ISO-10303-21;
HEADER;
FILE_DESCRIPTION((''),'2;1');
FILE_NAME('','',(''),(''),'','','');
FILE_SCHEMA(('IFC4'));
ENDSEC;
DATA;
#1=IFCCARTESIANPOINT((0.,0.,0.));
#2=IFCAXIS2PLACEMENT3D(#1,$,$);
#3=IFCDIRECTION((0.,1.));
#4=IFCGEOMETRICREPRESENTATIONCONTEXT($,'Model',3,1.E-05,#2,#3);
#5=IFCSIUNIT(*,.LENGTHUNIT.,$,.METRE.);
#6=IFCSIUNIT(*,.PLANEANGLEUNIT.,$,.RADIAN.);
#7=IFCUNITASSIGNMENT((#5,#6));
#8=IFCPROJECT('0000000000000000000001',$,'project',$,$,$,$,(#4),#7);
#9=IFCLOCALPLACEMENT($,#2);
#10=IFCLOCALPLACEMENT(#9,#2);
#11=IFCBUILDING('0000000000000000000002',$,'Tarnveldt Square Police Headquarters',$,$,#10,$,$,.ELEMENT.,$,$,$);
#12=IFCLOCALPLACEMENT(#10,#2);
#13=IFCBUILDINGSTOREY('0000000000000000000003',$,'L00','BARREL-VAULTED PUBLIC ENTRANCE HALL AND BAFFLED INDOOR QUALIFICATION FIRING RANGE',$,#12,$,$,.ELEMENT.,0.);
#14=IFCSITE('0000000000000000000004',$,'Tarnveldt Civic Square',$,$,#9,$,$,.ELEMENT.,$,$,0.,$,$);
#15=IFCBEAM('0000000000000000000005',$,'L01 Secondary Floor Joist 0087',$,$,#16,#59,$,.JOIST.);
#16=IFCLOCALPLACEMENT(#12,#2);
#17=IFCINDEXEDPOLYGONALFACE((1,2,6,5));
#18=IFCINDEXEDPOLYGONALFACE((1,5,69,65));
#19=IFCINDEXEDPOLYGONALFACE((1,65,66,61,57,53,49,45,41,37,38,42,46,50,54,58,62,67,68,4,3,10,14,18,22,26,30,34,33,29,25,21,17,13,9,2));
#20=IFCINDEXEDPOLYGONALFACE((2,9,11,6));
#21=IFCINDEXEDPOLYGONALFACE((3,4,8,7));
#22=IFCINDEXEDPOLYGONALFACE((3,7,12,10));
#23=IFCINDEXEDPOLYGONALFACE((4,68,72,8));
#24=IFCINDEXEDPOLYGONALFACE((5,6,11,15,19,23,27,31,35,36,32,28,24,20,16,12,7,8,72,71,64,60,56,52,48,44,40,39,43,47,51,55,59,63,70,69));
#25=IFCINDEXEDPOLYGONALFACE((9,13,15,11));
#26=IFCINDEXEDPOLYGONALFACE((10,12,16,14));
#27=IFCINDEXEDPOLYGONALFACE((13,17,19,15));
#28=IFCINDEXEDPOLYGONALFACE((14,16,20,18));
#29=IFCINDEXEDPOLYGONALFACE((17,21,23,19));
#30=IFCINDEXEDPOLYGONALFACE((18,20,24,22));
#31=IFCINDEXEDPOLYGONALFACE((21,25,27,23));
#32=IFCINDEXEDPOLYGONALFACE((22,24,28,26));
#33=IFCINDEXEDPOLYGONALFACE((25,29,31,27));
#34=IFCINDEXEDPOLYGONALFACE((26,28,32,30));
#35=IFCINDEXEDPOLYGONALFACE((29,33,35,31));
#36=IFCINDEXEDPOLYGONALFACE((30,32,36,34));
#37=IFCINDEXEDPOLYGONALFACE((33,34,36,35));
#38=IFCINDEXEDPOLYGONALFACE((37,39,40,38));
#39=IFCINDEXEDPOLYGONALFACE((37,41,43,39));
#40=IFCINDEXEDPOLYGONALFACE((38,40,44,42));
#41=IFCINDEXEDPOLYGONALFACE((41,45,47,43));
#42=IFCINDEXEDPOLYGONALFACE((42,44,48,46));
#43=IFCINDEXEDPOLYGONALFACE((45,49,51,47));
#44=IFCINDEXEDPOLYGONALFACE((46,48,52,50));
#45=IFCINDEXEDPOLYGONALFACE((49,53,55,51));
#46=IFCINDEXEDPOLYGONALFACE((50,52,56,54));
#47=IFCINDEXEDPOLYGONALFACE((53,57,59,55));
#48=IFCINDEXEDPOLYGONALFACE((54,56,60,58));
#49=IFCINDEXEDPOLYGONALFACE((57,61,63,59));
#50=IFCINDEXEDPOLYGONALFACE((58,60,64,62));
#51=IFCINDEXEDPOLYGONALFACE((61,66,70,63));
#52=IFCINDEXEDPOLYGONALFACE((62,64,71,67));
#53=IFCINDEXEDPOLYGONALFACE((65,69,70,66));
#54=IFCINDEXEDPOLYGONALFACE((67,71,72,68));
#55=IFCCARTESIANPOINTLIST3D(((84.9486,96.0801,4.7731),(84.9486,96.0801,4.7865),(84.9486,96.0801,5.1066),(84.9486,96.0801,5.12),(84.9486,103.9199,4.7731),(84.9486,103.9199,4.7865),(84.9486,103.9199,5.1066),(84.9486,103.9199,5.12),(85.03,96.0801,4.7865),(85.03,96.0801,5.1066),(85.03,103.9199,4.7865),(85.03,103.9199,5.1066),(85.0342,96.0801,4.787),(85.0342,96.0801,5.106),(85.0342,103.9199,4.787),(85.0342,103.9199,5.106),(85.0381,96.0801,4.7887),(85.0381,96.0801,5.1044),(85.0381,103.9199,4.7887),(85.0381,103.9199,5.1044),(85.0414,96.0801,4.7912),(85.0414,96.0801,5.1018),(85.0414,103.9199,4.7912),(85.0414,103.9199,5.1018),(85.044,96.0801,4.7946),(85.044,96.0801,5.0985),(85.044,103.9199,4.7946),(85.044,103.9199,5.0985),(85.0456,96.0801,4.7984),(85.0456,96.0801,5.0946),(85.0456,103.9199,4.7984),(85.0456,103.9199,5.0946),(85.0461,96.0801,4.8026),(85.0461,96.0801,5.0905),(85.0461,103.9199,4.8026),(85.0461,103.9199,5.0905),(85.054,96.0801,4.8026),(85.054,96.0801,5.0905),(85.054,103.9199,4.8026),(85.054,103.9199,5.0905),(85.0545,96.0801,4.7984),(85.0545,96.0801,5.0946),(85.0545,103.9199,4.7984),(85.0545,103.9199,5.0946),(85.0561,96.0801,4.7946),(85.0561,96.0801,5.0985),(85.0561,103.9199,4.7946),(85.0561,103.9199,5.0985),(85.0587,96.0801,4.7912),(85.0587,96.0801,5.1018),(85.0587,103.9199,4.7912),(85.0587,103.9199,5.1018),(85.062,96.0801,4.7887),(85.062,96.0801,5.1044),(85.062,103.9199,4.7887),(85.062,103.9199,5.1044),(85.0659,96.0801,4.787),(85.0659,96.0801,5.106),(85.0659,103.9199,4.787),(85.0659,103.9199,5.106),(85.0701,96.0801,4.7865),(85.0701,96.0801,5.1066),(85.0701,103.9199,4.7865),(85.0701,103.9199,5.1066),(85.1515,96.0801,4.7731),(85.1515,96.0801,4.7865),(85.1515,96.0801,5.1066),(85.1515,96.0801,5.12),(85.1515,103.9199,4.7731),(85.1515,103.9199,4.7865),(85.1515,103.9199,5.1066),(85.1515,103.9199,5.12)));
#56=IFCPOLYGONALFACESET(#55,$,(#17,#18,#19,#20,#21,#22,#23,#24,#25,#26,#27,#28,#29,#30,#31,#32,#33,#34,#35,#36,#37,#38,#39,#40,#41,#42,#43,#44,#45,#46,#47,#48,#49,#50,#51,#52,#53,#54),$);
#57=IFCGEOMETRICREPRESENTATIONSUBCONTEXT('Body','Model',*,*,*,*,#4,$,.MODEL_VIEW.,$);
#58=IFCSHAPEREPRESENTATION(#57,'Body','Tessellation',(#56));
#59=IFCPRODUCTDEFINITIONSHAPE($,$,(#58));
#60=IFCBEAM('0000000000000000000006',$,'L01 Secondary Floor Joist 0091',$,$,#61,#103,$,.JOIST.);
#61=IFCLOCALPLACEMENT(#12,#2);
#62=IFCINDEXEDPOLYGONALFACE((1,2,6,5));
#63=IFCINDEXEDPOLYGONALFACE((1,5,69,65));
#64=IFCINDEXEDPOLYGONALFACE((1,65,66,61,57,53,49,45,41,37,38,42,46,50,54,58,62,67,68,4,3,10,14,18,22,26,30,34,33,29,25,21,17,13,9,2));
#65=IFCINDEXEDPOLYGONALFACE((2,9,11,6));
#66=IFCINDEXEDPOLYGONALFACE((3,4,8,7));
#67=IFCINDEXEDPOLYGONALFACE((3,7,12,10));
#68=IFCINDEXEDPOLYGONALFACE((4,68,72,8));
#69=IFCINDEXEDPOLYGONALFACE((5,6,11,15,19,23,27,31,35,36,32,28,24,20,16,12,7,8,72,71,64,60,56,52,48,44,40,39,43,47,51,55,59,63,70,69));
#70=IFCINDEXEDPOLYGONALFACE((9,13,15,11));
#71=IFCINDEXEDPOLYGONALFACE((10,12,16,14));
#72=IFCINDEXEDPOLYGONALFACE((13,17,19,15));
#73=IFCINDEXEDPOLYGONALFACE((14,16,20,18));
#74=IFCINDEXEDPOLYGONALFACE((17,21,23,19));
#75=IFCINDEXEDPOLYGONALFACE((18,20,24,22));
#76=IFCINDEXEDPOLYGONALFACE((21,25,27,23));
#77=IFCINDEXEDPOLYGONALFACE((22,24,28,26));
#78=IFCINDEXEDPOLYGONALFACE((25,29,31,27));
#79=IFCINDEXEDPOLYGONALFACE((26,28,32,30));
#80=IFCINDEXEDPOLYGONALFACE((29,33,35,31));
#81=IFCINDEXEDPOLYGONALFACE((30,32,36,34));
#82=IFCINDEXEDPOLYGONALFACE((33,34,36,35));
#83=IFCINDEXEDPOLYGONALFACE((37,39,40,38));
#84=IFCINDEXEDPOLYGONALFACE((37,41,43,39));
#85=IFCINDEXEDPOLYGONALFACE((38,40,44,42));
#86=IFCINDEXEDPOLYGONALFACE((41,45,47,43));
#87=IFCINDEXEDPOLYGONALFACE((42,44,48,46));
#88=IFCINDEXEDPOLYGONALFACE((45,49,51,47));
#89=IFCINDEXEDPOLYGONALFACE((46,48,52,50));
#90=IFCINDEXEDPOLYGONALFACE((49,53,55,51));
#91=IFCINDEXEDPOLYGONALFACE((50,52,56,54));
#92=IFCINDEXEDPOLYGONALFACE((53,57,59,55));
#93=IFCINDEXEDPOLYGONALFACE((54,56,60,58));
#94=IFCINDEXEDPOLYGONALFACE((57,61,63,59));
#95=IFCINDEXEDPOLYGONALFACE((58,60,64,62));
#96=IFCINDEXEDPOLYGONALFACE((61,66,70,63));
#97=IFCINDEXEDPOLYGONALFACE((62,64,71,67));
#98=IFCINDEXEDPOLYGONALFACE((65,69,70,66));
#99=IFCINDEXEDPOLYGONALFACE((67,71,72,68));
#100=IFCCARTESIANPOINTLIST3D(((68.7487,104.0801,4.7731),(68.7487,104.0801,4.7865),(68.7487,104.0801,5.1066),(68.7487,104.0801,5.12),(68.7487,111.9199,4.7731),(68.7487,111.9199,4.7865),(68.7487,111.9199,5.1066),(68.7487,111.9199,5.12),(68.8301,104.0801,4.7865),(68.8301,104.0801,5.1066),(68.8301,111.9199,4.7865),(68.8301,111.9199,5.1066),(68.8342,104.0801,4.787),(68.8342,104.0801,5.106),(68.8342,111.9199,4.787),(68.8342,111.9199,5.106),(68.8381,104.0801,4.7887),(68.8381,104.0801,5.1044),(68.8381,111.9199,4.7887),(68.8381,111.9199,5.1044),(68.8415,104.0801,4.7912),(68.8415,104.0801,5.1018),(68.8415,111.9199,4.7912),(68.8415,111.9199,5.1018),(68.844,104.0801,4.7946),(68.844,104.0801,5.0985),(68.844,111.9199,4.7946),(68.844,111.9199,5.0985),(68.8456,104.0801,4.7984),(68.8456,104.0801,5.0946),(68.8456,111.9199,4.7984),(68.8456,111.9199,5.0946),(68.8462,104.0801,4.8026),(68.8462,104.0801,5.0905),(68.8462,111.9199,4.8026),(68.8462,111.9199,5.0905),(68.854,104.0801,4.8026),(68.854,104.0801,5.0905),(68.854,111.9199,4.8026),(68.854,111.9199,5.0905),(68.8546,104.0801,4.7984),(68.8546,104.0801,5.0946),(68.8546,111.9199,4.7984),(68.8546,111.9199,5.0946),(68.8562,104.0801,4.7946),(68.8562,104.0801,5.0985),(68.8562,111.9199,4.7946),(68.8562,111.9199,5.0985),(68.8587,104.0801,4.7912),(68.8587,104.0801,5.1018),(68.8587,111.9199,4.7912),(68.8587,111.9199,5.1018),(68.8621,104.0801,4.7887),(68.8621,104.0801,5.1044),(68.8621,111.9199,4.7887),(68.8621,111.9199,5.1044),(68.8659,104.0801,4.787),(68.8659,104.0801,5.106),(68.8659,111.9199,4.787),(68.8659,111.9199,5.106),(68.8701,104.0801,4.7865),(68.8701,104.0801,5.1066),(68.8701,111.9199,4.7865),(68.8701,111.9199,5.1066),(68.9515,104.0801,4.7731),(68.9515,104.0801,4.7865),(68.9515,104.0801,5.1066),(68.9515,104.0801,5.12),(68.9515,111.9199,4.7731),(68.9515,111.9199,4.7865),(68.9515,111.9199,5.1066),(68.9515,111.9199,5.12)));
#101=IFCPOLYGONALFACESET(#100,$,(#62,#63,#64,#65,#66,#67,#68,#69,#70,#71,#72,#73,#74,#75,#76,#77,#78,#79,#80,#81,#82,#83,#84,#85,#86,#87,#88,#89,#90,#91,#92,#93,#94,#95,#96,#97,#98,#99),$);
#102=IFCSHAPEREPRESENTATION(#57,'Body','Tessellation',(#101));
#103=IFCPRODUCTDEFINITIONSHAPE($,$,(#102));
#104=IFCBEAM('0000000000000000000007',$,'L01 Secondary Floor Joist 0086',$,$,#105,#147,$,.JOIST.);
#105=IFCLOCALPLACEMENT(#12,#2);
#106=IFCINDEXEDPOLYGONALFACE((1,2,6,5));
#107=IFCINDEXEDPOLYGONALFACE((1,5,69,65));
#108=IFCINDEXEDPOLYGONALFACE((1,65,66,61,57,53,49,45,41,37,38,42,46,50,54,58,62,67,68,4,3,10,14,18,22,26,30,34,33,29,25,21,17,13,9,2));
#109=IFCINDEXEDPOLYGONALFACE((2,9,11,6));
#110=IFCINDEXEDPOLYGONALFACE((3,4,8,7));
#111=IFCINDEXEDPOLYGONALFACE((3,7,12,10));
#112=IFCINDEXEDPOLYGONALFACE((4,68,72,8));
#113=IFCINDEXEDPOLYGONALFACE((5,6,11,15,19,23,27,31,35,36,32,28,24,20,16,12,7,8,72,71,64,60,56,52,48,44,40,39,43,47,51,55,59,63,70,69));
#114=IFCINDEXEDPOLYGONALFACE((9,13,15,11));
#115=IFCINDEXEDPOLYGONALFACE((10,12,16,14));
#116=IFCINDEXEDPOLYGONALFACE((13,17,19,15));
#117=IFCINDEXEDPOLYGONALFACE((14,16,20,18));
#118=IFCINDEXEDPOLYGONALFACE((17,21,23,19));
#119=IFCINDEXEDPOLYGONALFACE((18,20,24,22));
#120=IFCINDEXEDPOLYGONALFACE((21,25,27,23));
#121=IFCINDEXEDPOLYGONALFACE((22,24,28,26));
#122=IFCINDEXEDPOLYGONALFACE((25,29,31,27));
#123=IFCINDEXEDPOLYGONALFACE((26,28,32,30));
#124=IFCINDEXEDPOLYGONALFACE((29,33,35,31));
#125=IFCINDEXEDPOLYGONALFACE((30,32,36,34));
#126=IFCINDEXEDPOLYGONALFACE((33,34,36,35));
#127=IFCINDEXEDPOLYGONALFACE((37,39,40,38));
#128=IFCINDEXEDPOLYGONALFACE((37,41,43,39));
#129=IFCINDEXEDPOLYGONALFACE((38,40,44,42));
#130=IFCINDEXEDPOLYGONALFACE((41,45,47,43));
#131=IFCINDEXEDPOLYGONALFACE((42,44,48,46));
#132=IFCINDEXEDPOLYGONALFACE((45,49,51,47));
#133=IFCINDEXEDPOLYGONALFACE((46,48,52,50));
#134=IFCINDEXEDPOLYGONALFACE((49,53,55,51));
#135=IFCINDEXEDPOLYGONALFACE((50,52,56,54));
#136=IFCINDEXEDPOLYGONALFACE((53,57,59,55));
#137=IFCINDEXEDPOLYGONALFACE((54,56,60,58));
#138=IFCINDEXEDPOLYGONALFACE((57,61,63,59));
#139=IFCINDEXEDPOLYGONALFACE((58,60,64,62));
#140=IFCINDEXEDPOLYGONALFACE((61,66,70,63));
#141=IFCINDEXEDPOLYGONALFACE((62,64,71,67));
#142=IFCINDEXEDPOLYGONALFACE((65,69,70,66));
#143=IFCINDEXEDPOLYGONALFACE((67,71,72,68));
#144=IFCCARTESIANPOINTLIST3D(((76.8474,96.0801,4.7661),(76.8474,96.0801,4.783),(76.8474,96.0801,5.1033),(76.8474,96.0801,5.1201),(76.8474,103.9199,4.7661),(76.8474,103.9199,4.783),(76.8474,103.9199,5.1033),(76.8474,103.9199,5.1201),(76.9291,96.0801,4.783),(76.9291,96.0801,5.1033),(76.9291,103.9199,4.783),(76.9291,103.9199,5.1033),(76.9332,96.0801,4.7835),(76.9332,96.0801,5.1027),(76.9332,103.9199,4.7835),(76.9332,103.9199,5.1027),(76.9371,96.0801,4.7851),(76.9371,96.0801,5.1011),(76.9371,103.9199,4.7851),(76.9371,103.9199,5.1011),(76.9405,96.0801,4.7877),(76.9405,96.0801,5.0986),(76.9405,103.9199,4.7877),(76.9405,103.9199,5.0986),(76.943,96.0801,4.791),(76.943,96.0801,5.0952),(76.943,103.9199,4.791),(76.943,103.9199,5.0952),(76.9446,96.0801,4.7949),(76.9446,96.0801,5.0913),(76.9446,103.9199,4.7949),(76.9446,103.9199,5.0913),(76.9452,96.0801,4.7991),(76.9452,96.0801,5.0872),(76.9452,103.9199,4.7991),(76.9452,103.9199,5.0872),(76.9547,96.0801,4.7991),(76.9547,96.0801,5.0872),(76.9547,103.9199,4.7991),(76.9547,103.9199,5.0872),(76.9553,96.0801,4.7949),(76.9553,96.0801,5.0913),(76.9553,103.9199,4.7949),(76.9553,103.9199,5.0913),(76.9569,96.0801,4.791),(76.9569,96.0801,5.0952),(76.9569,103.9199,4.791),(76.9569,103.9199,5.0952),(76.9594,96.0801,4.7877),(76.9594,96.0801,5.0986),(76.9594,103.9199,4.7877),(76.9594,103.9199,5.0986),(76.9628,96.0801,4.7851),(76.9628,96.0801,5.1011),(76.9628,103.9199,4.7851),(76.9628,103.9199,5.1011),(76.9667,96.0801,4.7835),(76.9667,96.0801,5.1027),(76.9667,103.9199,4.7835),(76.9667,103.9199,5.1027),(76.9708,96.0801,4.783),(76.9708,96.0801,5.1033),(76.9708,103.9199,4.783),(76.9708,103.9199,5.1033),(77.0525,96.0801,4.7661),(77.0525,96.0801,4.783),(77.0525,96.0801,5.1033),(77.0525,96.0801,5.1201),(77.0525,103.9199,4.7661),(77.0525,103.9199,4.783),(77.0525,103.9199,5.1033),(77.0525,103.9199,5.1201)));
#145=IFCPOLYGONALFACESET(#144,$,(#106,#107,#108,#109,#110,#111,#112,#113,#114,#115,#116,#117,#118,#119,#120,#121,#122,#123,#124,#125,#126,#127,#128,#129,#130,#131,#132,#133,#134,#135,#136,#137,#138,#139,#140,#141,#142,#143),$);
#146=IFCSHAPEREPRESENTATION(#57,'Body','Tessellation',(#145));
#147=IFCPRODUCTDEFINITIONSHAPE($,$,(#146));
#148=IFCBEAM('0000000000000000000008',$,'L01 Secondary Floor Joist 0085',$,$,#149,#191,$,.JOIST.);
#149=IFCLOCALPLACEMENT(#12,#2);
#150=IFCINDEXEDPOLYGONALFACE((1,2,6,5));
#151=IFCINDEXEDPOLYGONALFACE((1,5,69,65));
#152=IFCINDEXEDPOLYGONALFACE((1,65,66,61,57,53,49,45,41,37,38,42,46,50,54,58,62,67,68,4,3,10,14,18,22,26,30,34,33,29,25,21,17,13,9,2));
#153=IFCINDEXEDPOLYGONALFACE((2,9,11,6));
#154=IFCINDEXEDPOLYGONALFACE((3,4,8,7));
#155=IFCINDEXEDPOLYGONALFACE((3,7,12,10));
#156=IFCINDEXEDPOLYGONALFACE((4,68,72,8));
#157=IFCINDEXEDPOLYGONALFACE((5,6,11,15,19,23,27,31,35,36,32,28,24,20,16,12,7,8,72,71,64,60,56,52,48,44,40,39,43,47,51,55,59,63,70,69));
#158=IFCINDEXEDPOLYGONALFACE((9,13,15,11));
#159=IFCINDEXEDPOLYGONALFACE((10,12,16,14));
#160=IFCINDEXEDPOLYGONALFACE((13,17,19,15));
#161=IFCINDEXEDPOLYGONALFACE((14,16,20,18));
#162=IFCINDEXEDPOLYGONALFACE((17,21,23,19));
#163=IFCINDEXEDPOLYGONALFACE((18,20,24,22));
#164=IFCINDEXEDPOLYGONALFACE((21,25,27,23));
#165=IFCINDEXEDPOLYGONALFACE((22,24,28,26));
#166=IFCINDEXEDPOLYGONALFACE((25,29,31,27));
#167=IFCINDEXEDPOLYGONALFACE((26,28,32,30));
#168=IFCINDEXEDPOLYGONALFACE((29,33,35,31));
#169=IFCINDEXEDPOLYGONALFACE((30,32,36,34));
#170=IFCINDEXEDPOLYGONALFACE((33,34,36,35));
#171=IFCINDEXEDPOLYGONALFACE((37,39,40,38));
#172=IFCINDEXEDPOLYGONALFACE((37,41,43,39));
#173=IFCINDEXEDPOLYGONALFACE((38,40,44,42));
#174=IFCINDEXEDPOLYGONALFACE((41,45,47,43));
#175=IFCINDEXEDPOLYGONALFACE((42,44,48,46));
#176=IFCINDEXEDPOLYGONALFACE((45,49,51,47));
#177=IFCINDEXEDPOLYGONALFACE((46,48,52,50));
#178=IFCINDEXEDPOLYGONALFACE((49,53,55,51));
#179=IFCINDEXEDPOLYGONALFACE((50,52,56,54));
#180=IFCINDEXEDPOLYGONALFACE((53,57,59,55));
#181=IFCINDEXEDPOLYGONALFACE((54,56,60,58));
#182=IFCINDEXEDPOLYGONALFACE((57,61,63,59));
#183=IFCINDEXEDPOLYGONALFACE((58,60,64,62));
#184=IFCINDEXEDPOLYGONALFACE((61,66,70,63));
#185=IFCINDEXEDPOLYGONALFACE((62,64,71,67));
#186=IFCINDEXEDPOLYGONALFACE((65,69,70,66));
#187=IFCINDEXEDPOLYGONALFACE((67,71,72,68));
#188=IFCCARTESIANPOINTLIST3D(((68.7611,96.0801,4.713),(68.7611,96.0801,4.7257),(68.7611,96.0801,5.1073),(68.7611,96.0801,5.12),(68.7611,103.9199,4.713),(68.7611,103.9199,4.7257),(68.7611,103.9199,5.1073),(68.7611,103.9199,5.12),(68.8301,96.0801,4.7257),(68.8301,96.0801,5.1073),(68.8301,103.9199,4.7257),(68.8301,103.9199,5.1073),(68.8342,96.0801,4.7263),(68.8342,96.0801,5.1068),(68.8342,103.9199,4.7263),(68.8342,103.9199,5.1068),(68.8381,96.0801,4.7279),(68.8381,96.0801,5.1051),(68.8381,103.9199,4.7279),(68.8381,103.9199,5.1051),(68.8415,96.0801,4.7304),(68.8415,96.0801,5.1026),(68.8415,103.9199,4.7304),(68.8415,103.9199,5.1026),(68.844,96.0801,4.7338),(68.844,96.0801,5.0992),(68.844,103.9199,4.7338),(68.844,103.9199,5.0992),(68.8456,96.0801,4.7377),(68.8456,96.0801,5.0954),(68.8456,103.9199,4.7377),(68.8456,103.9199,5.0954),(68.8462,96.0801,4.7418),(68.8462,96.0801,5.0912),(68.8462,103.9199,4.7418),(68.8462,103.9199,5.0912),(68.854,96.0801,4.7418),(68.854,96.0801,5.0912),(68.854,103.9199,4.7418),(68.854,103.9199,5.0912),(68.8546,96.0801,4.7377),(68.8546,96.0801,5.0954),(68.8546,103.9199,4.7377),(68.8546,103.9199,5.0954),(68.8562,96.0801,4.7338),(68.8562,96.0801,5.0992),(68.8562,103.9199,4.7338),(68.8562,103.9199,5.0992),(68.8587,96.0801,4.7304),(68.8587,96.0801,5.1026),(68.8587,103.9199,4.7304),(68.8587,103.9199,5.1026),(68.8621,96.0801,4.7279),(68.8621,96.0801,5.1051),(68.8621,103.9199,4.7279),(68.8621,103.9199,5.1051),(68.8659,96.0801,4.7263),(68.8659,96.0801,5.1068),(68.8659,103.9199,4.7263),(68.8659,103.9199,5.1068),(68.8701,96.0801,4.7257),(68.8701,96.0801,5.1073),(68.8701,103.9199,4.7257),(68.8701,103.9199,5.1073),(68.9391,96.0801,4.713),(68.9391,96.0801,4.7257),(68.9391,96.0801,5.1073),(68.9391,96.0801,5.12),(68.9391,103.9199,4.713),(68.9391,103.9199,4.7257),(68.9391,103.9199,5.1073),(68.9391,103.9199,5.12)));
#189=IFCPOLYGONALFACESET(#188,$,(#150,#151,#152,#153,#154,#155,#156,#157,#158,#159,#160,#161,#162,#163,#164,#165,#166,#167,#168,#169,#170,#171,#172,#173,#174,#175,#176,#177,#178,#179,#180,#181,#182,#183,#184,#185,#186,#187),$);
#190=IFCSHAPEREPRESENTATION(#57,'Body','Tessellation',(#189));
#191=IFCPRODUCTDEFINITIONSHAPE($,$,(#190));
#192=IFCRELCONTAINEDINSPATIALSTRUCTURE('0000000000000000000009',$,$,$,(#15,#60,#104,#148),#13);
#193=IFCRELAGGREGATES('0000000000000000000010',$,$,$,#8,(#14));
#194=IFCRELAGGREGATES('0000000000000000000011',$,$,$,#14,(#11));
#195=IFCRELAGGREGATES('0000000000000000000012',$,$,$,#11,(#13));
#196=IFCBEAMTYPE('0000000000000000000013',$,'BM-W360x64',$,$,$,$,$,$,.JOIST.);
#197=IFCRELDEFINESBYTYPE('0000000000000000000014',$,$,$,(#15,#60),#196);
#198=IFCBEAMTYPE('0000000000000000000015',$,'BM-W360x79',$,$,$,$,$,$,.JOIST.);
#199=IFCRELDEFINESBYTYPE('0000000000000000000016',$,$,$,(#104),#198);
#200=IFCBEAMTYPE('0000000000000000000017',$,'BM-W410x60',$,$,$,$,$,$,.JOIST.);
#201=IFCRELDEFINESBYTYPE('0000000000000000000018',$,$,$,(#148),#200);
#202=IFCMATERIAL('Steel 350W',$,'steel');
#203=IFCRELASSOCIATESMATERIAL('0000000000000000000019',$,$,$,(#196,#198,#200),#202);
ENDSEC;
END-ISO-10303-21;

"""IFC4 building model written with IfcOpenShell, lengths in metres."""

from ifc_helpers import new_model, si_unit, direction, frame, origin, origin_2d, place, context, subcontext, project, spatial, i_section, extrude, material, material_profile, profile_set, type_object, element, save


model = new_model("IFC4")

# Units and contexts
model_context = context("Model", 3, precision=1e-05, world=origin(), true_north=direction((0.0, 1.0)))
body_context = subcontext(model_context, "Body", "Model", "MODEL_VIEW")
ifc_project = project(units=[si_unit("LENGTHUNIT", "METRE"), si_unit("PLANEANGLEUNIT", "RADIAN")], contexts=[model_context])

# Site, building, storey
site_placement = place(None, origin())
site = spatial("IfcSite", under=ifc_project, at=site_placement, Name="Tarnveldt Civic Square", CompositionType="ELEMENT", RefElevation=0.0)
building_placement = place(site_placement, origin())
building = spatial("IfcBuilding", under=site, at=building_placement, Name="Tarnveldt Square Police Headquarters", CompositionType="ELEMENT")
storey_placement = place(building_placement, origin())
storey = spatial("IfcBuildingStorey", under=building, at=storey_placement, Name="L00", Description="BARREL-VAULTED PUBLIC ENTRANCE HALL AND BAFFLED INDOOR QUALIFICATION FIRING RANGE", CompositionType="ELEMENT", Elevation=0.0)

# Beams
ifc_material_1 = material(Name="Steel 350W", Category="steel")
ifc_material_profile_1 = material_profile(ifc_material_1, i_section(OverallWidth=0.2029, OverallDepth=0.3469, WebThickness=0.0078, FlangeThickness=0.0134, FilletRadius=0.0161, at=origin_2d()), Name="W360x64")
ifc_profile_set_1 = profile_set([ifc_material_profile_1], Name="Steel 350W")
beam_type_1 = type_object("IfcBeamType", Name="BM-W360x64", PredefinedType="JOIST", material=ifc_profile_set_1)
for number, where, z_axis, x_axis, name in (
    (1, (85.05, 96.0801, 4.9465), (0.0, 1.0, 0.0), (-1.0, 0.0, 0.0), "L01 Secondary Floor Joist 0087"),
    (2, (68.8501, 104.0801, 4.9465), (0.0, 1.0, 0.0), (-1.0, 0.0, 0.0), "L01 Secondary Floor Joist 0091"),
):
    element("IfcBeam", number, at=place(storey_placement, frame(where, z_axis=z_axis, x_axis=x_axis)), inside=storey, type_object=beam_type_1, Name=name, PredefinedType="JOIST", context=body_context, shape_type="SweptSolid", body=[
        extrude(i_section(OverallWidth=0.2029, OverallDepth=0.3469, WebThickness=0.0078, FlangeThickness=0.0134, FilletRadius=0.0161, at=origin_2d()), origin(), (0.0, 0.0, 1.0), 7.8398),
    ])
ifc_material_profile_2 = material_profile(ifc_material_1, i_section(OverallWidth=0.2051, OverallDepth=0.354, WebThickness=0.0095, FlangeThickness=0.0168, FilletRadius=0.0161, at=origin_2d()), Name="W360x79")
ifc_profile_set_2 = profile_set([ifc_material_profile_2], Name="Steel 350W")
beam_type_2 = type_object("IfcBeamType", Name="BM-W360x79", PredefinedType="JOIST", material=ifc_profile_set_2)
beam_1_placement = place(storey_placement, frame((76.95, 96.0801, 4.9431), z_axis=(0.0, 1.0, 0.0), x_axis=(-1.0, 0.0, 0.0)))
element("IfcBeam", 3, at=beam_1_placement, inside=storey, type_object=beam_type_2, Name="L01 Secondary Floor Joist 0086", PredefinedType="JOIST", context=body_context, shape_type="SweptSolid", body=[
    extrude(i_section(OverallWidth=0.2051, OverallDepth=0.354, WebThickness=0.0095, FlangeThickness=0.0168, FilletRadius=0.0161, at=origin_2d()), origin(), (0.0, 0.0, 1.0), 7.8398),
])
ifc_material_profile_3 = material_profile(ifc_material_1, i_section(OverallWidth=0.178, OverallDepth=0.407, WebThickness=0.0078, FlangeThickness=0.0127, FilletRadius=0.0161, at=origin_2d()), Name="W410x60")
ifc_profile_set_3 = profile_set([ifc_material_profile_3], Name="Steel 350W")
beam_type_3 = type_object("IfcBeamType", Name="BM-W410x60", PredefinedType="JOIST", material=ifc_profile_set_3)
for number, where, z_axis, x_axis, name in (
    (4, (68.8501, 96.0801, 4.9165), (0.0, 1.0, 0.0), (-1.0, 0.0, 0.0), "L01 Secondary Floor Joist 0085"),
):
    element("IfcBeam", number, at=place(storey_placement, frame(where, z_axis=z_axis, x_axis=x_axis)), inside=storey, type_object=beam_type_3, Name=name, PredefinedType="JOIST", context=body_context, shape_type="SweptSolid", body=[
        extrude(i_section(OverallWidth=0.178, OverallDepth=0.407, WebThickness=0.0078, FlangeThickness=0.0127, FilletRadius=0.0161, at=origin_2d()), origin(), (0.0, 0.0, 1.0), 7.8398),
    ])

save(model, "model.ifc")
